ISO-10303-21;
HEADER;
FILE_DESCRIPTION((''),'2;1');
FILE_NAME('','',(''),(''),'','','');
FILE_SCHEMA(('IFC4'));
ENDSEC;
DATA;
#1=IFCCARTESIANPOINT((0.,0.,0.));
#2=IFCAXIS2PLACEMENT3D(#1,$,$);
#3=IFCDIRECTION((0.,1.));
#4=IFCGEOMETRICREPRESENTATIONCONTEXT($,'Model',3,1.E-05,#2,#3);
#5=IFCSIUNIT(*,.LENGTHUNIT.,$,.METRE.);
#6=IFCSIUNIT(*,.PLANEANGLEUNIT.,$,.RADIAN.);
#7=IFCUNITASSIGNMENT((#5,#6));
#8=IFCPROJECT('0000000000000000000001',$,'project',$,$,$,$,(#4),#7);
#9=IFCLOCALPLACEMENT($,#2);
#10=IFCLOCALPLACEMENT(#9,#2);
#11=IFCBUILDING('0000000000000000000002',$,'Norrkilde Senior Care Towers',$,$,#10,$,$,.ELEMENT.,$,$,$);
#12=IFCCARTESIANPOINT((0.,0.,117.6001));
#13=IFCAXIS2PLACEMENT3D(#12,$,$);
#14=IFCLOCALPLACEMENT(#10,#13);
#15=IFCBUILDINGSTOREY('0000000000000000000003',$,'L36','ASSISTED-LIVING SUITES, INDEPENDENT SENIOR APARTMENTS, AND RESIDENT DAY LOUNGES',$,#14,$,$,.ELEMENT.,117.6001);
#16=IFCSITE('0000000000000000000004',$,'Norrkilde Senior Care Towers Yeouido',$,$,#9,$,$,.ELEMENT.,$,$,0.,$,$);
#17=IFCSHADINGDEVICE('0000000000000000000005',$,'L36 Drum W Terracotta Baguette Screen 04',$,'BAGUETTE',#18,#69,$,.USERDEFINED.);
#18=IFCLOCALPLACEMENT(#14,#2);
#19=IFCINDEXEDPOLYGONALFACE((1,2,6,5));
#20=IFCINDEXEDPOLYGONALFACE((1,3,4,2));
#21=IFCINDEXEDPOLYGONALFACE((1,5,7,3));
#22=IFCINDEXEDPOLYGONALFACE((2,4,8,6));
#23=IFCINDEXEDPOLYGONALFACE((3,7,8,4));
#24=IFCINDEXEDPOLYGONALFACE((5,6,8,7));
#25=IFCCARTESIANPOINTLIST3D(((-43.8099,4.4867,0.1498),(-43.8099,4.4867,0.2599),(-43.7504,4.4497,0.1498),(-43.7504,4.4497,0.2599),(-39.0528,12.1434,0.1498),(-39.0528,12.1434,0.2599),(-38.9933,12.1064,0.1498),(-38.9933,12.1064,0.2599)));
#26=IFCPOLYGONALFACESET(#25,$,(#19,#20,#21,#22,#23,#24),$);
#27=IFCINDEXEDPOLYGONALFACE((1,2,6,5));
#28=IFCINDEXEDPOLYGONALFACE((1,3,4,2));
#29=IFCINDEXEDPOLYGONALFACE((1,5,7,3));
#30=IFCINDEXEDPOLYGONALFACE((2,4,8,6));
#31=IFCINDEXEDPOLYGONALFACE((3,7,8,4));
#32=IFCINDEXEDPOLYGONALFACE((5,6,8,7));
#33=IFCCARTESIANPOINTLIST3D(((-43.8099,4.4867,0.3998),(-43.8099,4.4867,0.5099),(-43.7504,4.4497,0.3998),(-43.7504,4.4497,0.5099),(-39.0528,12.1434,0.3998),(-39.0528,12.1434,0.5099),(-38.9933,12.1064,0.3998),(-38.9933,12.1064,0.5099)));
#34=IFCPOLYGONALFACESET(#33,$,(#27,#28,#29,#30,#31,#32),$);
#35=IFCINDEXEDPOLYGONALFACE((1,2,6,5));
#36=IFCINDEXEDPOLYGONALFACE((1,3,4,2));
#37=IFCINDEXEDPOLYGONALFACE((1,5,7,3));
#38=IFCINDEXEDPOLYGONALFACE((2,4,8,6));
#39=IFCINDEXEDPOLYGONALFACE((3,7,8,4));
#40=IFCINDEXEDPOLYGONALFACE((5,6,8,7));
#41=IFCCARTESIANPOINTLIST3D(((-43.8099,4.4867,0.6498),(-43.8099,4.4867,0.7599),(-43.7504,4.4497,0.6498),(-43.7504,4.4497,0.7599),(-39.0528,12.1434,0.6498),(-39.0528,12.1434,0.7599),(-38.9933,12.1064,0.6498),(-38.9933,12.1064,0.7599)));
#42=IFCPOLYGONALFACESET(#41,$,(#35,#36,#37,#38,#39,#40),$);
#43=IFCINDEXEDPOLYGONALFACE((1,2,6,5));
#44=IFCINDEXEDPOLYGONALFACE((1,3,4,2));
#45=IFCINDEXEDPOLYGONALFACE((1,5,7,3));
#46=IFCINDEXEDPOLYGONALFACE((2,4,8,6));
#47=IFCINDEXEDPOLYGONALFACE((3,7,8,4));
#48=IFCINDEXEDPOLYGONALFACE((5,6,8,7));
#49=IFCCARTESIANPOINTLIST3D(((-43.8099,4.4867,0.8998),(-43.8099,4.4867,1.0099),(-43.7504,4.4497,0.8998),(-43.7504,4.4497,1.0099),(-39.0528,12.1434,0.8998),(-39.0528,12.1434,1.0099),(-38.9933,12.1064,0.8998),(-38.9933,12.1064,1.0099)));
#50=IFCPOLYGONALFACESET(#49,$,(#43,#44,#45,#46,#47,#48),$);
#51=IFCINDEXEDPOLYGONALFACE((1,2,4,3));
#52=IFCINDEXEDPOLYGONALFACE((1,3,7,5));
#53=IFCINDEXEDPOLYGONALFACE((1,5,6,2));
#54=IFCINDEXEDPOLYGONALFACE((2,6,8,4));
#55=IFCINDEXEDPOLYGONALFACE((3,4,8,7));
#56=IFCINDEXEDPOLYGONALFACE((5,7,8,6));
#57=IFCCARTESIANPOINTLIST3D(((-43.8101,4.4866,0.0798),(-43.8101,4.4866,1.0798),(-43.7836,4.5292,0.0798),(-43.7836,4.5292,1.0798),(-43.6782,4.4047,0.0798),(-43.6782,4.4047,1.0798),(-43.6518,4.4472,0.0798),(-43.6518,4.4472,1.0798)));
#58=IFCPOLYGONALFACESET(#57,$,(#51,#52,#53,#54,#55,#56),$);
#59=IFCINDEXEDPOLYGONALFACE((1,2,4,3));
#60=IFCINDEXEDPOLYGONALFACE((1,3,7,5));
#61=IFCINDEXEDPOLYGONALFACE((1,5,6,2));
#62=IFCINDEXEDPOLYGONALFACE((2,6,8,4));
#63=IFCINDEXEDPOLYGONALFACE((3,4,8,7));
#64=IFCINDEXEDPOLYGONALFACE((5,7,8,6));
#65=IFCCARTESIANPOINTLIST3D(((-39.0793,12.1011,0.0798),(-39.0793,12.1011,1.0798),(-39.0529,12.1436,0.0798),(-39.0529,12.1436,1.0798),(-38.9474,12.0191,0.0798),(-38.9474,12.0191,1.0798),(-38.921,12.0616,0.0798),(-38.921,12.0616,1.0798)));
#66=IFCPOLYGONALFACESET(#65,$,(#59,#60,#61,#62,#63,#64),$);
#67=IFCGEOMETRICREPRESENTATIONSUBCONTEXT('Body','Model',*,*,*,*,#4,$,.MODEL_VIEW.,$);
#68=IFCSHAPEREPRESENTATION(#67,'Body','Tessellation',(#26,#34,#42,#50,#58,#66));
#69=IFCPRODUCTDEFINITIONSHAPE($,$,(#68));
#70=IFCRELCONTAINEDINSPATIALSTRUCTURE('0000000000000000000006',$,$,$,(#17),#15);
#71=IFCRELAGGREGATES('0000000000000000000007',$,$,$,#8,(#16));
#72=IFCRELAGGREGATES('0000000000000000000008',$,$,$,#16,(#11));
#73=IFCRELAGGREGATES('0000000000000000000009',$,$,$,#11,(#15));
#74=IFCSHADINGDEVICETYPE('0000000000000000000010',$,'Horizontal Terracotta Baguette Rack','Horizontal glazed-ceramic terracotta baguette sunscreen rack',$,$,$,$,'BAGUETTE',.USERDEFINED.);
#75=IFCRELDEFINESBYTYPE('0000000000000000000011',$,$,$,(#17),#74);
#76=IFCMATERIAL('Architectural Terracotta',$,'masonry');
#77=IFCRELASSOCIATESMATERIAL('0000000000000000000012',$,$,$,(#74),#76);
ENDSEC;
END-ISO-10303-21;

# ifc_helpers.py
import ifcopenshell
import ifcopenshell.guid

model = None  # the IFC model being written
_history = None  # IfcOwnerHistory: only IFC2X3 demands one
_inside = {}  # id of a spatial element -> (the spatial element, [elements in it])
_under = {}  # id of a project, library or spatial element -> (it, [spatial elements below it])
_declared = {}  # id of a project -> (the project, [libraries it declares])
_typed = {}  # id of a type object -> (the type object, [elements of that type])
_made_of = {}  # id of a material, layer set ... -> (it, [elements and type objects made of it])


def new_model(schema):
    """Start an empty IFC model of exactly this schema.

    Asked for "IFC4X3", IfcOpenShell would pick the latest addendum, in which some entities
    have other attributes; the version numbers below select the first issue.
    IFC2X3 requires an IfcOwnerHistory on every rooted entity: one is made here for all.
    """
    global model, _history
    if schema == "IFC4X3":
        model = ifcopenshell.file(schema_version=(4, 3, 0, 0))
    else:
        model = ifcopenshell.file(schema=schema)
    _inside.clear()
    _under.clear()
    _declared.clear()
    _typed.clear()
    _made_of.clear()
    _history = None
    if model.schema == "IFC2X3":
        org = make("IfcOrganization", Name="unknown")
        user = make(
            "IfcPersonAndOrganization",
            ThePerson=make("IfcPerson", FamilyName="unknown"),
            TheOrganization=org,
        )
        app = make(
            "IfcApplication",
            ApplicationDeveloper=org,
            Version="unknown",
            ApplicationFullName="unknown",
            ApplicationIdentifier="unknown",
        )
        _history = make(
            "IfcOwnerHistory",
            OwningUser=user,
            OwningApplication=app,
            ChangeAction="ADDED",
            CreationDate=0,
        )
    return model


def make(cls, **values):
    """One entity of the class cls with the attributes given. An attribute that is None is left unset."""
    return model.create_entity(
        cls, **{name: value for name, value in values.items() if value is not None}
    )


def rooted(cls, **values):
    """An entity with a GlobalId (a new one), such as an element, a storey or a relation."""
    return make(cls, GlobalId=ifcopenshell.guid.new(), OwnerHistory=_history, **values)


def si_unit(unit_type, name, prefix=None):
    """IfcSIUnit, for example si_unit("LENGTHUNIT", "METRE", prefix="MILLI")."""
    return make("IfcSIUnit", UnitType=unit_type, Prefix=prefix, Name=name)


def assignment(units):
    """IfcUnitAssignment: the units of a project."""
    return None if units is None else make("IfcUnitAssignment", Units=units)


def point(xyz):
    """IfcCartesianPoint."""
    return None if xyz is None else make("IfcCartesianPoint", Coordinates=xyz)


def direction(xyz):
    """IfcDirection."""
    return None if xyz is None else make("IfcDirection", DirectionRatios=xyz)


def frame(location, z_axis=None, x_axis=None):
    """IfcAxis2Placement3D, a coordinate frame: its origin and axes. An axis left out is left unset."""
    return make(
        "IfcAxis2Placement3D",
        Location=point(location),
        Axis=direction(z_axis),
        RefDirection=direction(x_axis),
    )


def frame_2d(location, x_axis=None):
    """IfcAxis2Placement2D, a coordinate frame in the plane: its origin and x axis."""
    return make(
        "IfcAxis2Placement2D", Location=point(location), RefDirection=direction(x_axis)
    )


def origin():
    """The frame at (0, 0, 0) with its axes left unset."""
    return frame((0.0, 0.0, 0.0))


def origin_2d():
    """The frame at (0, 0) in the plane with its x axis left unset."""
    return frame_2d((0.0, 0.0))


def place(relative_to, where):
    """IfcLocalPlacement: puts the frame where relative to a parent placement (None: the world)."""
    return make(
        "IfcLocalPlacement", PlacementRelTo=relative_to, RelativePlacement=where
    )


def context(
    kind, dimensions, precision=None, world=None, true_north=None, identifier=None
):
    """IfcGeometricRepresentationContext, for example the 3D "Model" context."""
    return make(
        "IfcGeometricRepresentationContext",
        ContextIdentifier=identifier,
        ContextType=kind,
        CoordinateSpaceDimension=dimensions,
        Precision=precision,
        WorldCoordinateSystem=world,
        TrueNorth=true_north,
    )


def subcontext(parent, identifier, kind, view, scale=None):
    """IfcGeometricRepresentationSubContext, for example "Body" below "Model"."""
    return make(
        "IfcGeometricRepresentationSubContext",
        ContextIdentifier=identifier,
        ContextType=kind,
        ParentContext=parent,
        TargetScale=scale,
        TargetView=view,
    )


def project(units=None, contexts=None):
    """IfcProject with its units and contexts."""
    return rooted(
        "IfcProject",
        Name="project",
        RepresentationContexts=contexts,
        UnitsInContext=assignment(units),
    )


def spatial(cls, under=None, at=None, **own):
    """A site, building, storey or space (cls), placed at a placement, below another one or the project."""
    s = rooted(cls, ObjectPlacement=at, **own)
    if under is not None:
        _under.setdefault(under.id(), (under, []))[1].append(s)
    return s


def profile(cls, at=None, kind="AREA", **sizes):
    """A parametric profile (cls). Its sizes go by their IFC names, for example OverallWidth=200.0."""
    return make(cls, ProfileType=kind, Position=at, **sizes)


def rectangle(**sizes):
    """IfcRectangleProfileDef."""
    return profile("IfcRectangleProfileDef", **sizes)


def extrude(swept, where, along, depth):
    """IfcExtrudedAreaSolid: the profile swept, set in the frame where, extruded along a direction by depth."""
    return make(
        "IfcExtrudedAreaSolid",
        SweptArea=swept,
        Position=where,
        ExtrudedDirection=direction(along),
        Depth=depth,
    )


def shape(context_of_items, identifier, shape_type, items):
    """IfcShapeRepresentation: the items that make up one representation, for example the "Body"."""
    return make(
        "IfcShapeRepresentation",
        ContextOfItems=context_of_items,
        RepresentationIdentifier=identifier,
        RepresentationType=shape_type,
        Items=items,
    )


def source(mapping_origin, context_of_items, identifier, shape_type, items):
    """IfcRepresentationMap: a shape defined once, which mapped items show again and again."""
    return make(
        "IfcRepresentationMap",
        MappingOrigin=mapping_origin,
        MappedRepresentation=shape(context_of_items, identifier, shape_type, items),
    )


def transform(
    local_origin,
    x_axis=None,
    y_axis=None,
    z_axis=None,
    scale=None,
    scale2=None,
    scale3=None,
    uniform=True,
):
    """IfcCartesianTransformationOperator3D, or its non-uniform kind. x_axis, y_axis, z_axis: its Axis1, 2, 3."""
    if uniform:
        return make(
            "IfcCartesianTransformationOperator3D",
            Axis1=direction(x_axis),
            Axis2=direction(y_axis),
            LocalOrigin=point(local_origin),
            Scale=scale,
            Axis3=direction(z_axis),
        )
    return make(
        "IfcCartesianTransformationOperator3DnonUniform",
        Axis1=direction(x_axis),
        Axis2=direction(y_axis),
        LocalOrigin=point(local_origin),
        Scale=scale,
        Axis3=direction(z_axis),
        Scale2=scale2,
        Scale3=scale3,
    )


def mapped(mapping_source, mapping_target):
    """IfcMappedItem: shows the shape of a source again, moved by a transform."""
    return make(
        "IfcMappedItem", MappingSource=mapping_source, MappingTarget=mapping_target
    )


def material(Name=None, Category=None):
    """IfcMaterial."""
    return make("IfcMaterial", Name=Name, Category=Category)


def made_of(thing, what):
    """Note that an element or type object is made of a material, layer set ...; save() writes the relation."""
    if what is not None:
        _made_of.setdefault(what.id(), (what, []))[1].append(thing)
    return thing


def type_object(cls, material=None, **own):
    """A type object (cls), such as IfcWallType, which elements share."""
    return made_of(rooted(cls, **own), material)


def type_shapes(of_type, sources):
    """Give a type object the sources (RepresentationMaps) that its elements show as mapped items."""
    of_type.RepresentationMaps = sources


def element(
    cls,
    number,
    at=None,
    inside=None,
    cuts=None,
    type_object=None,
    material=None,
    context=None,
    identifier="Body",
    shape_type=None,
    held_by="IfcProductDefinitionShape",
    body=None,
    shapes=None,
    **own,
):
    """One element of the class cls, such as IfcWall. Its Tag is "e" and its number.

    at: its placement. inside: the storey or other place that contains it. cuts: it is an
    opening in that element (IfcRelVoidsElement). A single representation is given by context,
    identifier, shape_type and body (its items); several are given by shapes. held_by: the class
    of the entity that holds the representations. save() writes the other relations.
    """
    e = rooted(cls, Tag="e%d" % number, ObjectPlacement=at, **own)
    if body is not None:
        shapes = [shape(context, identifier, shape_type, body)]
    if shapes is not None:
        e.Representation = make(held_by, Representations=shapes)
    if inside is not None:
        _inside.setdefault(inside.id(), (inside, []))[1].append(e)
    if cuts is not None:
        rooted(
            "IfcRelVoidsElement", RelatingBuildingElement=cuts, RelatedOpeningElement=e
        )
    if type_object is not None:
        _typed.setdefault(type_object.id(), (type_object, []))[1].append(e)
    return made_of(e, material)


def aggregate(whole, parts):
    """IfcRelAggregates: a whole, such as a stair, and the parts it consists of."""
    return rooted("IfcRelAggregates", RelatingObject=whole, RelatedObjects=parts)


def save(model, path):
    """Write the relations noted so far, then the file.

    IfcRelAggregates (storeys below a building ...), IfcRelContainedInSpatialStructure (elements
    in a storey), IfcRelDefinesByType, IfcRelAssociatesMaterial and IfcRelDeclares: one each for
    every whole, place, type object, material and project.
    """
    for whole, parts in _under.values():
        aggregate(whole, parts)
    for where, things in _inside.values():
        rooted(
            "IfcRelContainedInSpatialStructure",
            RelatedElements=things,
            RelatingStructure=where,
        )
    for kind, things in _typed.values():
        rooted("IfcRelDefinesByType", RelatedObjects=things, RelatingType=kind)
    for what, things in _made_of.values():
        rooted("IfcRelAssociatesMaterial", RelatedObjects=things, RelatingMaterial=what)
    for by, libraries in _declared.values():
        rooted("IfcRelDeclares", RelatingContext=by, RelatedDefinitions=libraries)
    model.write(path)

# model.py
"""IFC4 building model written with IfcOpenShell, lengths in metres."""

from ifc_helpers import new_model, si_unit, direction, frame, origin, origin_2d, place, context, subcontext, project, spatial, rectangle, extrude, source, transform, mapped, material, type_object, type_shapes, element, save


model = new_model("IFC4")

# Units and contexts
model_context = context("Model", 3, precision=1e-05, world=origin(), true_north=direction((0.0, 1.0)))
body_context = subcontext(model_context, "Body", "Model", "MODEL_VIEW")
ifc_project = project(units=[si_unit("LENGTHUNIT", "METRE"), si_unit("PLANEANGLEUNIT", "RADIAN")], contexts=[model_context])

# Site, building, storey
site_placement = place(None, origin())
site = spatial("IfcSite", under=ifc_project, at=site_placement, Name="Norrkilde Senior Care Towers Yeouido", CompositionType="ELEMENT", RefElevation=0.0)
building_placement = place(site_placement, origin())
building = spatial("IfcBuilding", under=site, at=building_placement, Name="Norrkilde Senior Care Towers", CompositionType="ELEMENT")
storey_placement = place(building_placement, frame((0.0, 0.0, 117.6001)))
storey = spatial("IfcBuildingStorey", under=building, at=storey_placement, Name="L36", Description="ASSISTED-LIVING SUITES, INDEPENDENT SENIOR APARTMENTS, AND RESIDENT DAY LOUNGES", CompositionType="ELEMENT", Elevation=117.6001)

# Shading device
ifc_material_1 = material(Name="Architectural Terracotta", Category="masonry")
shading_device_type = type_object("IfcShadingDeviceType", Name="Horizontal Terracotta Baguette Rack", Description="Horizontal glazed-ceramic terracotta baguette sunscreen rack", ElementType="BAGUETTE", PredefinedType="USERDEFINED", material=ifc_material_1)
shared_shape_1 = source(origin(), body_context, "Body", "SweptSolid", [
    extrude(rectangle(XDim=0.0701, YDim=0.1101, at=origin_2d()), frame((0.0, 0.0901, 0.125), z_axis=(1.0, 0.0, 0.0), x_axis=(0.0, 1.0, 0.0)), (0.0, 0.0, 1.0), 9.0142),
    extrude(rectangle(XDim=0.0701, YDim=0.1101, at=origin_2d()), frame((0.0, 0.0901, 0.375), z_axis=(1.0, 0.0, 0.0), x_axis=(0.0, 1.0, 0.0)), (0.0, 0.0, 1.0), 9.0142),
    extrude(rectangle(XDim=0.0701, YDim=0.1101, at=origin_2d()), frame((0.0, 0.0901, 0.625), z_axis=(1.0, 0.0, 0.0), x_axis=(0.0, 1.0, 0.0)), (0.0, 0.0, 1.0), 9.0142),
    extrude(rectangle(XDim=0.0701, YDim=0.1101, at=origin_2d()), frame((0.0, 0.0901, 0.875), z_axis=(1.0, 0.0, 0.0), x_axis=(0.0, 1.0, 0.0)), (0.0, 0.0, 1.0), 9.0142),
    extrude(rectangle(XDim=0.05, YDim=0.1553, at=origin_2d()), frame((0.0249, 0.0476, 0.0)), (0.0, 0.0, 1.0), 1.0),
    extrude(rectangle(XDim=0.05, YDim=0.1553, at=origin_2d()), frame((8.9893, 0.0476, 0.0)), (0.0, 0.0, 1.0), 1.0),
])
type_shapes(shading_device_type, [shared_shape_1])
shading_device_placement = place(storey_placement, frame((-43.7036, 4.4207, 0.0798), z_axis=(0.0, 0.0, 1.0), x_axis=(0.527734, 0.849412, 0.0)))
element("IfcShadingDevice", 1, at=shading_device_placement, inside=storey, type_object=shading_device_type, Name="L36 Drum W Terracotta Baguette Screen 04", ObjectType="BAGUETTE", PredefinedType="USERDEFINED", context=body_context, shape_type="MappedRepresentation", body=[
    mapped(shared_shape_1, transform((0.0, 0.0, 0.0), x_axis=(1.0, 0.0, 0.0), y_axis=(0.0, 1.0, 0.0), z_axis=(0.0, 0.0, 1.0), scale=1.0)),
])

save(model, "model.ifc")
